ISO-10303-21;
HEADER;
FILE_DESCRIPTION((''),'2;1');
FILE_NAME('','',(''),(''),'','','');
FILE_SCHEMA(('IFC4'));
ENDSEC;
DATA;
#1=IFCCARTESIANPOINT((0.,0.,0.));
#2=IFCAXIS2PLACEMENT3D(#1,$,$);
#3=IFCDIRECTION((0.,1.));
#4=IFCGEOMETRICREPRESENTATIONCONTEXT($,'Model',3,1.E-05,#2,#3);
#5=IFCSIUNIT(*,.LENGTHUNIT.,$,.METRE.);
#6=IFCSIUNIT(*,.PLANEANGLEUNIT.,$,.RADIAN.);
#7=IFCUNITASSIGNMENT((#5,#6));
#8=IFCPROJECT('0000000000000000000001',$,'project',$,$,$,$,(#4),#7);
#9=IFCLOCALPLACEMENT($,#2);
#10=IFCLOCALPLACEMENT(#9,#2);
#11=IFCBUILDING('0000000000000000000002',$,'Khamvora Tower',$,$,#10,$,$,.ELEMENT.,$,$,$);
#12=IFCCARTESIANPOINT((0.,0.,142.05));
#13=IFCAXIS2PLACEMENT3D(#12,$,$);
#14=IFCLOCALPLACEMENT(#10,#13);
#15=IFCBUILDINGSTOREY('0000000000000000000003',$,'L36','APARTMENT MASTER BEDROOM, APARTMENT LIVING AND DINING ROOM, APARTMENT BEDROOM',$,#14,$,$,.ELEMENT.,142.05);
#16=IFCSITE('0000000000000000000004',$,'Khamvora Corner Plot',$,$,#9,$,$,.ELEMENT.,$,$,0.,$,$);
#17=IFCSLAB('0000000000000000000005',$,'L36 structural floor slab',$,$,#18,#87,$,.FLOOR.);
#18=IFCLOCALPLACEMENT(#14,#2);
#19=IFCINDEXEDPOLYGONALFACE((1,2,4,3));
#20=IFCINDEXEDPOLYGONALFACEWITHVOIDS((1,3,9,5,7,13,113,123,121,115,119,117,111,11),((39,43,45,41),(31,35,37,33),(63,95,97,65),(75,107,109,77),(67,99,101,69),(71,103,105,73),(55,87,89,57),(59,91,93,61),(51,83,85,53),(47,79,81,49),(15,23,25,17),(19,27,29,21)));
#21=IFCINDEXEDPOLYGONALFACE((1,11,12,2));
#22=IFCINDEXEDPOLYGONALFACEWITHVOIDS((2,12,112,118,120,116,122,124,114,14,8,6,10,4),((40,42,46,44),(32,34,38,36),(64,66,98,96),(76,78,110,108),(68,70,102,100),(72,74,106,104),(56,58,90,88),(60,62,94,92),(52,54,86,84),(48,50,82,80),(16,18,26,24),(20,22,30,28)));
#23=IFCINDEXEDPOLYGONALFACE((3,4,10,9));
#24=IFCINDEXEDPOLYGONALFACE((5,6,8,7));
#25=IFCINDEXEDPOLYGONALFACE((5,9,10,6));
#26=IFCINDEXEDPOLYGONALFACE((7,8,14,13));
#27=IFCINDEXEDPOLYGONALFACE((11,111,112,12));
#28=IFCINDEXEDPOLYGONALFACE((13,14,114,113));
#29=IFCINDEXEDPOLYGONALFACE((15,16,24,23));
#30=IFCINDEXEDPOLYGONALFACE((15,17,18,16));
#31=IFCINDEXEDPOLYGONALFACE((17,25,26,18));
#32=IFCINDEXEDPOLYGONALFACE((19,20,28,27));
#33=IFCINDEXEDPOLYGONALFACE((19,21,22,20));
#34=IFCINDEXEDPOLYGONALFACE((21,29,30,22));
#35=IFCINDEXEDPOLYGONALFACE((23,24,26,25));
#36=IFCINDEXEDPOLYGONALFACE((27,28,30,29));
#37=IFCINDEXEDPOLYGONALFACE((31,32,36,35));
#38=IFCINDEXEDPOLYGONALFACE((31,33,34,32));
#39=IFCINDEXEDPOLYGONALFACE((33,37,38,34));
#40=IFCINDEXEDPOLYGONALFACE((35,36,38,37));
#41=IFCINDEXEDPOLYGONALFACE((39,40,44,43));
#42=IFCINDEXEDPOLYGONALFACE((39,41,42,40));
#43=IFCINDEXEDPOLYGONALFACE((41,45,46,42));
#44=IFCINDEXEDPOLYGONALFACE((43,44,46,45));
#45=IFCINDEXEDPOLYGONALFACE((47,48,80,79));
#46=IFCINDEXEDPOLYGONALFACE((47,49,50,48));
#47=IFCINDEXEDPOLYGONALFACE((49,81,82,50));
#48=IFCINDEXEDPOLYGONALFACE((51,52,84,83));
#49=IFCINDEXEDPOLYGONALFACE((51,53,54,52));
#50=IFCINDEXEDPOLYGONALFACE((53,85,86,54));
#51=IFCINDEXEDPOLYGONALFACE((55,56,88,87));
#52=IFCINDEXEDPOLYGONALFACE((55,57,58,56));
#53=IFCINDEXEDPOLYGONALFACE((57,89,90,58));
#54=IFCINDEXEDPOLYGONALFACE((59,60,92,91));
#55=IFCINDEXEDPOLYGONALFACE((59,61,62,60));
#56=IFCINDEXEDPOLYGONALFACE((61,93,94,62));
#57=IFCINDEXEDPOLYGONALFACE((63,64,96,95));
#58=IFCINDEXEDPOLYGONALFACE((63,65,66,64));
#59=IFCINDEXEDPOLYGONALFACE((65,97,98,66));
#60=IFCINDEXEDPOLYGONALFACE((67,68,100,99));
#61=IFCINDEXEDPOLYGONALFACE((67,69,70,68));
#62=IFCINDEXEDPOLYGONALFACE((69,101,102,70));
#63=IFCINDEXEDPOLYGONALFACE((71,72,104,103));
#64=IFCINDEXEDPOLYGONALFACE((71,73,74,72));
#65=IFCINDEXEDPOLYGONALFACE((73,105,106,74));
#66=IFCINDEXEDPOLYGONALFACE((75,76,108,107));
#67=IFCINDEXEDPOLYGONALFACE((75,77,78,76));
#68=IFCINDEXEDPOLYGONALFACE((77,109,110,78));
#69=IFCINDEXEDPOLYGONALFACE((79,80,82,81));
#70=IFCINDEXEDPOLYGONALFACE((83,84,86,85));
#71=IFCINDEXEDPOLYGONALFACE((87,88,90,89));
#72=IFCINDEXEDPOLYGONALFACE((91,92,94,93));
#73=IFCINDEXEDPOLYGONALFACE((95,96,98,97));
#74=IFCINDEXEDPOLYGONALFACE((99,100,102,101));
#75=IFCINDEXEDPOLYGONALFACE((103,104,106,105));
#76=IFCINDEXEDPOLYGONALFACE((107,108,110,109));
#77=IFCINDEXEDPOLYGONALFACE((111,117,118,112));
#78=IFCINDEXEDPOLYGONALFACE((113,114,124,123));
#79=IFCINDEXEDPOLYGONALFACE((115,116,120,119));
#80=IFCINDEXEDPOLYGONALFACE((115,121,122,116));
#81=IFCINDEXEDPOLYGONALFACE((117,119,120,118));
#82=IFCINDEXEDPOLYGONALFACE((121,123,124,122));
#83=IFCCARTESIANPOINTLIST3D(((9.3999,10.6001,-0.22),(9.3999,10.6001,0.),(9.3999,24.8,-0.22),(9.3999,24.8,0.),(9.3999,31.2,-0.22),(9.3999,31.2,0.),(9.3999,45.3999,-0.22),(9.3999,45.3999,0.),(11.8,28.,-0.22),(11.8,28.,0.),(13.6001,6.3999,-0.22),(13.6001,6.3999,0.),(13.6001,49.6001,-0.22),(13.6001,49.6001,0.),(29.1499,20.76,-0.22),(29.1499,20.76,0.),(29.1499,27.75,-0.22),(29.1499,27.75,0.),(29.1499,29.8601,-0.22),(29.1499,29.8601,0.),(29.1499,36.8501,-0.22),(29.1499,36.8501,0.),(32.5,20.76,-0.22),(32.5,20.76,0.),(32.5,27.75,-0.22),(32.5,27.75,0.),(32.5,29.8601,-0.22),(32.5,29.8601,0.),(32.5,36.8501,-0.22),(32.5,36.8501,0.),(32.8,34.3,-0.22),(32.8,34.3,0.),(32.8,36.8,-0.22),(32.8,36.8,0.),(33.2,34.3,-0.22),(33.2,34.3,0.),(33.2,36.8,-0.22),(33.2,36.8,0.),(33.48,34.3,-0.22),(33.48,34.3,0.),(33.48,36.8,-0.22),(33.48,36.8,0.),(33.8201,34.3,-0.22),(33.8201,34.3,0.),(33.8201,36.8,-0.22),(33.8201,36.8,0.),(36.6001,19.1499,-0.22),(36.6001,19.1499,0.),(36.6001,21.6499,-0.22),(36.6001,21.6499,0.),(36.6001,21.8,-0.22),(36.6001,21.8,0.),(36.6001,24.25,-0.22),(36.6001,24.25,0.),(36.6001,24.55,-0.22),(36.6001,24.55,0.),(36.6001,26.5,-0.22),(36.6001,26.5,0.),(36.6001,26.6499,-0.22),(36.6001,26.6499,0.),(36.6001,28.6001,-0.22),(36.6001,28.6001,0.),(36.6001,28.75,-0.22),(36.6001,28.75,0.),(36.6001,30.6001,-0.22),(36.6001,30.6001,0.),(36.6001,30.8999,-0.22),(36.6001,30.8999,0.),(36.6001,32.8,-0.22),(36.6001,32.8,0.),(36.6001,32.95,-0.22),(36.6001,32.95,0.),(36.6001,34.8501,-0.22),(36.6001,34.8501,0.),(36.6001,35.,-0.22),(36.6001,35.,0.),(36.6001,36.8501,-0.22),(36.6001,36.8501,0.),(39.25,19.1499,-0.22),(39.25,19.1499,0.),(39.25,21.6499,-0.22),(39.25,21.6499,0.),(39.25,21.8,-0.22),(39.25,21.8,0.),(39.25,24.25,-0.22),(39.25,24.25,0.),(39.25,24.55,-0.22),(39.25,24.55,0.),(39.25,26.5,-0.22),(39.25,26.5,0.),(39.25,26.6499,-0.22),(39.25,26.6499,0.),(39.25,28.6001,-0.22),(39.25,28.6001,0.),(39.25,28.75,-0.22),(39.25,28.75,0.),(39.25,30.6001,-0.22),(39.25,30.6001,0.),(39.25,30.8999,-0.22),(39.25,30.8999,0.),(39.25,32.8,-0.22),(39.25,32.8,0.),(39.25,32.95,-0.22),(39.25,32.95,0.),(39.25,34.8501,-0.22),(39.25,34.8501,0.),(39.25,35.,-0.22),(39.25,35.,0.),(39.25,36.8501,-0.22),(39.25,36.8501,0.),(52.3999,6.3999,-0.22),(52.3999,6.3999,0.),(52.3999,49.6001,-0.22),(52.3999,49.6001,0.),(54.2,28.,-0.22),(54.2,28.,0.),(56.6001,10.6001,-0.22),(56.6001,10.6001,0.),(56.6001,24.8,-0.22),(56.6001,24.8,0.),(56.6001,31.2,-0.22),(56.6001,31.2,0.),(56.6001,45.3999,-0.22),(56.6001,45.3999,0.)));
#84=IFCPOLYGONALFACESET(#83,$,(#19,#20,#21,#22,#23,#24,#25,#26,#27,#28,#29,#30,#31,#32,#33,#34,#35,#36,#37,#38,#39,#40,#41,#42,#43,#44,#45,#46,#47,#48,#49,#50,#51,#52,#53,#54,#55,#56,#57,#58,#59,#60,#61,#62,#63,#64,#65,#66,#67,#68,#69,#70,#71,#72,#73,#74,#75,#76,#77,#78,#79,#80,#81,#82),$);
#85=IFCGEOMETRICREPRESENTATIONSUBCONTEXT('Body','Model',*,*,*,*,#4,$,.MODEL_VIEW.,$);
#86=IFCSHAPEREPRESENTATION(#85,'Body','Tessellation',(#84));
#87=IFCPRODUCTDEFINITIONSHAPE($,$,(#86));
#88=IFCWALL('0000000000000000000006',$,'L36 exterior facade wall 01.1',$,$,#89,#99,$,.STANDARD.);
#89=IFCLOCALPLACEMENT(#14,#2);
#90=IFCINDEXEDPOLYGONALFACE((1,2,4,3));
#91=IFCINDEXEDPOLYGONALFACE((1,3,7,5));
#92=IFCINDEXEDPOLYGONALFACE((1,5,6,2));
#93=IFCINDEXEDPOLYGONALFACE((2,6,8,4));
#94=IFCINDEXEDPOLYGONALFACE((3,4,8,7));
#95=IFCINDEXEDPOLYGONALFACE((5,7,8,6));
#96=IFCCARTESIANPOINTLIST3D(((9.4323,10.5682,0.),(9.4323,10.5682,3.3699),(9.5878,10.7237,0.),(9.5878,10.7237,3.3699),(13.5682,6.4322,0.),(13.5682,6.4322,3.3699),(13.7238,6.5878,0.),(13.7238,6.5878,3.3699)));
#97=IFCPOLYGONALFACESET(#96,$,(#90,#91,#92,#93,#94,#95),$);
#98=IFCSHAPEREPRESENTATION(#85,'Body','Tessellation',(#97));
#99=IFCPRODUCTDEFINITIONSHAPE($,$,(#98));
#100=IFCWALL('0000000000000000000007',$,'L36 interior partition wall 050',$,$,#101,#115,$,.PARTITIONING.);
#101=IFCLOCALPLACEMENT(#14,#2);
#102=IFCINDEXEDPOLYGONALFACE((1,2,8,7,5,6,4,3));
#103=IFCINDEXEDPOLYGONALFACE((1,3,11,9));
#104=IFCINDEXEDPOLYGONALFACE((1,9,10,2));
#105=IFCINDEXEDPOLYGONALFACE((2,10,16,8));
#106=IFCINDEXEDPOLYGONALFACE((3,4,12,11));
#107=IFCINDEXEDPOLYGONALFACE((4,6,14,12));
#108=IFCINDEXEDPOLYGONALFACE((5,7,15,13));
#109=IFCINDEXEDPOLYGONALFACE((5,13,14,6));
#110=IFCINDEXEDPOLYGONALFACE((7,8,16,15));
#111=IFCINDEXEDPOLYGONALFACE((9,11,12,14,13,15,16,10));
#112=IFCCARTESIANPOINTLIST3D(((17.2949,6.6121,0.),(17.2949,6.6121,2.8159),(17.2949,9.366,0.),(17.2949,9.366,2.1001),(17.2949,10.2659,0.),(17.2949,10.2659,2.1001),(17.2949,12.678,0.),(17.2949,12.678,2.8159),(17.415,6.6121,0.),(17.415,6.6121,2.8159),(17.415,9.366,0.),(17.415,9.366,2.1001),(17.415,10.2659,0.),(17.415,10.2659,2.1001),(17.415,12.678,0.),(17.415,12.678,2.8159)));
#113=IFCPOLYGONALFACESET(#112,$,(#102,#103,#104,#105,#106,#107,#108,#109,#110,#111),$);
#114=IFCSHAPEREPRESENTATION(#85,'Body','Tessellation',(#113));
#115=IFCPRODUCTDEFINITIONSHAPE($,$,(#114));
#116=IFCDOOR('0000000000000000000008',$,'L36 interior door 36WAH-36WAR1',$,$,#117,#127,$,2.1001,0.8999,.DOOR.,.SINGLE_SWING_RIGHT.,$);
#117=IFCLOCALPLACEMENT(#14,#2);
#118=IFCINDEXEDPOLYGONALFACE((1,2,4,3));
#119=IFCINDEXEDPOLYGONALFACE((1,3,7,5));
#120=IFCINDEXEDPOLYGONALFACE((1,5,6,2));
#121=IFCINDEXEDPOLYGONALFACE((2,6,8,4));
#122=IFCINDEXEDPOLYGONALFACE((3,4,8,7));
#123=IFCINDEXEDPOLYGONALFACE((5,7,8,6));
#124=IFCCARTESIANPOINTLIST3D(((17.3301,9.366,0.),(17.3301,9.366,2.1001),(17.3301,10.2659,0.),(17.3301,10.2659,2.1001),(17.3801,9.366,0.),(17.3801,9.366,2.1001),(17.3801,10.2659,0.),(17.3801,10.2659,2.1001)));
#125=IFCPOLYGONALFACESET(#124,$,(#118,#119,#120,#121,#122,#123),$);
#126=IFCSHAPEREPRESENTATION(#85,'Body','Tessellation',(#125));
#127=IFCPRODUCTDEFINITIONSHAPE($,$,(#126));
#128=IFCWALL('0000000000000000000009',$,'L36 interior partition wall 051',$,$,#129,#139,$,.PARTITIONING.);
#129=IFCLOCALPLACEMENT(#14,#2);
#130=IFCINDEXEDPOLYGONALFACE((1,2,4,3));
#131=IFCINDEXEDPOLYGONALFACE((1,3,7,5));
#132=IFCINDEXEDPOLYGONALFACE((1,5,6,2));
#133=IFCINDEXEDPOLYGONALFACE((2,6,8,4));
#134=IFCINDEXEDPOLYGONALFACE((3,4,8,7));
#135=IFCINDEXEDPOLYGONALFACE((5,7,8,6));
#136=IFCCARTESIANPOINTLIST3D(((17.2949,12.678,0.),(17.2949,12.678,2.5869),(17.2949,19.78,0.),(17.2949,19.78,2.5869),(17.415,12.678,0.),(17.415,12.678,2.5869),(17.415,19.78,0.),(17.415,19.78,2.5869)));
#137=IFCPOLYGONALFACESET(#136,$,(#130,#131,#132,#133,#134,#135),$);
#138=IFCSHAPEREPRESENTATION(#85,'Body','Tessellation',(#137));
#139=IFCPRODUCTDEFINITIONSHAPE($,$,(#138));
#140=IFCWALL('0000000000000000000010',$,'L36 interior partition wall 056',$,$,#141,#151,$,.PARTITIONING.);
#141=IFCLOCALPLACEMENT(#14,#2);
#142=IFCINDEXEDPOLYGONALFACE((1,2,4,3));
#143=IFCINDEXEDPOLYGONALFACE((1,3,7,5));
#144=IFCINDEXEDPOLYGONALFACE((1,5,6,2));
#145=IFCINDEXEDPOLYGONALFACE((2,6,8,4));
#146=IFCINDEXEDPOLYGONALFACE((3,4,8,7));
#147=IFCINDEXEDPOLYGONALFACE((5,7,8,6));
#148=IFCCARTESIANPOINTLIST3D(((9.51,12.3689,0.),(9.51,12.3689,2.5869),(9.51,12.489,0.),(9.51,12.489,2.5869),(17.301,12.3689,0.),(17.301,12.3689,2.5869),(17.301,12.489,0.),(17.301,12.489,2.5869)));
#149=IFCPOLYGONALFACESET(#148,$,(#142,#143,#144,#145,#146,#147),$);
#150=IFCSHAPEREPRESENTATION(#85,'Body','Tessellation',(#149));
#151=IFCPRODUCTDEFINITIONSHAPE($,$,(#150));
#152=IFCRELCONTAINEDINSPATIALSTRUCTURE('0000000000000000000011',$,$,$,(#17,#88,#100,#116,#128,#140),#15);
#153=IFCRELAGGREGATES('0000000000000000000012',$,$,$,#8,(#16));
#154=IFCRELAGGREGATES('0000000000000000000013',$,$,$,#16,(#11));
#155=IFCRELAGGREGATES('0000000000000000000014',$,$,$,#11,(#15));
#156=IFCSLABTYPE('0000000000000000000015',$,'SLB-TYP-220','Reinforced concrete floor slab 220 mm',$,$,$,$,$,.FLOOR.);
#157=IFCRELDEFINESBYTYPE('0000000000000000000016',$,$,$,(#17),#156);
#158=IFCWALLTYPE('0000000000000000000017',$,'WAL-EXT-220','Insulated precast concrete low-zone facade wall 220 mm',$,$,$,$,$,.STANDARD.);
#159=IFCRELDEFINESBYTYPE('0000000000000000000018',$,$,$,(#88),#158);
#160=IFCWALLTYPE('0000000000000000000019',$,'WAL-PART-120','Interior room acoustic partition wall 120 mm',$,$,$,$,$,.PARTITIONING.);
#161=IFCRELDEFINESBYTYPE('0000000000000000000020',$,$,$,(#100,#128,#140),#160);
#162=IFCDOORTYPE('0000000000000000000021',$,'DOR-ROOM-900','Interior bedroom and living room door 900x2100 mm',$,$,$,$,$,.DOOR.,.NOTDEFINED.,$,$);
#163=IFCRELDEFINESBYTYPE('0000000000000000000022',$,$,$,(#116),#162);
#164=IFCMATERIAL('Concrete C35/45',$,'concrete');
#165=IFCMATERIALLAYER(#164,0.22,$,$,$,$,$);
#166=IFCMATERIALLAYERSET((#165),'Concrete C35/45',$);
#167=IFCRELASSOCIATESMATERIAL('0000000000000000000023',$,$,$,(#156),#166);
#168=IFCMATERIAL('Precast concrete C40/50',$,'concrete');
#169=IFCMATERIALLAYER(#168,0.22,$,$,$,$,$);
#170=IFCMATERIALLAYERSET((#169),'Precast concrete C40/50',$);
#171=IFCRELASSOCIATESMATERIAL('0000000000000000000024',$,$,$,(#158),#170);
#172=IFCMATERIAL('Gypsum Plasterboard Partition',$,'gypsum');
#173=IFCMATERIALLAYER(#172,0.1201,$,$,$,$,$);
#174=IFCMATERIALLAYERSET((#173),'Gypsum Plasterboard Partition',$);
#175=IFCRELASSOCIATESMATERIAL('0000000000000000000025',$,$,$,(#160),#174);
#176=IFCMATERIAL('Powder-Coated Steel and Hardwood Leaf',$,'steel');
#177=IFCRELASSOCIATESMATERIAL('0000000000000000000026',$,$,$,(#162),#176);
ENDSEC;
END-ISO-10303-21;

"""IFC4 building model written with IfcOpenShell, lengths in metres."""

from ifc_helpers import new_model, si_unit, direction, frame, frame_2d, origin, place, context, subcontext, project, spatial, polyline, rectangle, outline, extrude, material, layer, layer_set, type_object, element, fill, save


model = new_model("IFC4")

# Units and contexts
model_context = context("Model", 3, precision=1e-05, world=origin(), true_north=direction((0.0, 1.0)))
body_context = subcontext(model_context, "Body", "Model", "MODEL_VIEW")
ifc_project = project(units=[si_unit("LENGTHUNIT", "METRE"), si_unit("PLANEANGLEUNIT", "RADIAN")], contexts=[model_context])

# Site, building, storey
site_placement = place(None, origin())
site = spatial("IfcSite", under=ifc_project, at=site_placement, Name="Khamvora Corner Plot", CompositionType="ELEMENT", RefElevation=0.0)
building_placement = place(site_placement, origin())
building = spatial("IfcBuilding", under=site, at=building_placement, Name="Khamvora Tower", CompositionType="ELEMENT")
storey_placement = place(building_placement, frame((0.0, 0.0, 142.05)))
storey = spatial("IfcBuildingStorey", under=building, at=storey_placement, Name="L36", Description="APARTMENT MASTER BEDROOM, APARTMENT LIVING AND DINING ROOM, APARTMENT BEDROOM", CompositionType="ELEMENT", Elevation=142.05)

# Slab
ifc_material_1 = material(Name="Concrete C35/45", Category="concrete")
ifc_layer_1 = layer(ifc_material_1, 0.22)
ifc_layer_set_1 = layer_set([ifc_layer_1], Name="Concrete C35/45")
slab_type_1 = type_object("IfcSlabType", Name="SLB-TYP-220", Description="Reinforced concrete floor slab 220 mm", PredefinedType="FLOOR", material=ifc_layer_set_1)
slab_1_placement = place(storey_placement, frame((0.0, 0.0, -0.22)))
element("IfcSlab", 1, at=slab_1_placement, inside=storey, type_object=slab_type_1, Name="L36 structural floor slab", PredefinedType="FLOOR", context=body_context, shape_type="SweptSolid", body=[
    extrude(outline(polyline([(13.6001, 6.3999), (52.3999, 6.3999), (56.6001, 10.6001), (56.6001, 24.8), (54.2, 28.0), (56.6001, 31.2), (56.6001, 45.3999), (52.3999, 49.6001), (13.6001, 49.6001), (9.3999, 45.3999), (9.3999, 31.2), (11.8, 28.0), (9.3999, 24.8), (9.3999, 10.6001), (13.6001, 6.3999)]), holes=[polyline([(32.5, 20.76), (32.5, 27.75), (29.1499, 27.75), (29.1499, 20.76), (32.5, 20.76)]), polyline([(32.5, 29.8601), (32.5, 36.8501), (29.1499, 36.8501), (29.1499, 29.8601), (32.5, 29.8601)]), polyline([(36.6001, 19.1499), (39.25, 19.1499), (39.25, 21.6499), (36.6001, 21.6499), (36.6001, 19.1499)]), polyline([(36.6001, 21.8), (39.25, 21.8), (39.25, 24.25), (36.6001, 24.25), (36.6001, 21.8)]), polyline([(36.6001, 24.55), (39.25, 24.55), (39.25, 26.5), (36.6001, 26.5), (36.6001, 24.55)]), polyline([(36.6001, 26.6499), (39.25, 26.6499), (39.25, 28.6001), (36.6001, 28.6001), (36.6001, 26.6499)]), polyline([(36.6001, 28.75), (39.25, 28.75), (39.25, 30.6001), (36.6001, 30.6001), (36.6001, 28.75)]), polyline([(36.6001, 30.8999), (39.25, 30.8999), (39.25, 32.8), (36.6001, 32.8), (36.6001, 30.8999)]), polyline([(36.6001, 32.95), (39.25, 32.95), (39.25, 34.8501), (36.6001, 34.8501), (36.6001, 32.95)]), polyline([(36.6001, 35.0), (39.25, 35.0), (39.25, 36.8501), (36.6001, 36.8501), (36.6001, 35.0)]), polyline([(32.8, 34.3), (33.2, 34.3), (33.2, 36.8), (32.8, 36.8), (32.8, 34.3)]), polyline([(33.48, 34.3), (33.8201, 34.3), (33.8201, 36.8), (33.48, 36.8), (33.48, 34.3)])]), origin(), (0.0, 0.0, 1.0), 0.22),
])

# Wall
ifc_material_2 = material(Name="Precast concrete C40/50", Category="concrete")
ifc_layer_2 = layer(ifc_material_2, 0.22)
ifc_layer_set_2 = layer_set([ifc_layer_2], Name="Precast concrete C40/50")
wall_type_1 = type_object("IfcWallType", Name="WAL-EXT-220", Description="Insulated precast concrete low-zone facade wall 220 mm", PredefinedType="STANDARD", material=ifc_layer_set_2)
wall_1_placement = place(storey_placement, frame((13.646, 6.51, 0.0), z_axis=(0.0, 0.0, 1.0), x_axis=(-0.707107, 0.707107, 0.0)))
element("IfcWall", 2, at=wall_1_placement, inside=storey, type_object=wall_type_1, Name="L36 exterior facade wall 01.1", PredefinedType="STANDARD", context=body_context, shape_type="SweptSolid", body=[
    extrude(rectangle(XDim=5.8491, YDim=0.22, at=frame_2d((2.9246, 0.0))), origin(), (0.0, 0.0, 1.0), 3.3699),
])

# Wall, opening, door
ifc_material_3 = material(Name="Gypsum Plasterboard Partition", Category="gypsum")
ifc_layer_3 = layer(ifc_material_3, 0.1201)
ifc_layer_set_3 = layer_set([ifc_layer_3], Name="Gypsum Plasterboard Partition")
wall_type_2 = type_object("IfcWallType", Name="WAL-PART-120", Description="Interior room acoustic partition wall 120 mm", PredefinedType="PARTITIONING", material=ifc_layer_set_3)
wall_2_placement = place(storey_placement, frame((17.355, 6.6121, 0.0), z_axis=(0.0, 0.0, 1.0), x_axis=(0.0, 1.0, 0.0)))
wall_2 = element("IfcWall", 3, at=wall_2_placement, inside=storey, type_object=wall_type_2, Name="L36 interior partition wall 050", PredefinedType="PARTITIONING", context=body_context, shape_type="SweptSolid", body=[
    extrude(rectangle(XDim=6.0659, YDim=0.1201, at=frame_2d((3.033, 0.0))), origin(), (0.0, 0.0, 1.0), 2.8159),
])
opening_placement = place(wall_2_placement, frame((2.7539, 0.0, 0.0)))
opening = element("IfcOpeningElement", 4, at=opening_placement, cuts=wall_2, PredefinedType="OPENING", context=body_context, shape_type="SweptSolid", body=[
    extrude(rectangle(XDim=0.8999, YDim=2.1001, at=frame_2d((0.45, 1.05))), frame((0.0, 0.0701, 0.0), z_axis=(0.0, -1.0, 0.0), x_axis=(1.0, 0.0, 0.0)), (0.0, 0.0, 1.0), 0.1401),
])
ifc_material_4 = material(Name="Powder-Coated Steel and Hardwood Leaf", Category="steel")
door_type = type_object("IfcDoorType", Name="DOR-ROOM-900", Description="Interior bedroom and living room door 900x2100 mm", OperationType="NOTDEFINED", PredefinedType="DOOR", material=ifc_material_4)
door_placement = place(opening_placement, origin())
door = element("IfcDoor", 5, at=door_placement, inside=storey, type_object=door_type, Name="L36 interior door 36WAH-36WAR1", OperationType="SINGLE_SWING_RIGHT", OverallHeight=2.1001, OverallWidth=0.8999, PredefinedType="DOOR", context=body_context, shape_type="SweptSolid", body=[
    extrude(rectangle(XDim=0.8999, YDim=2.1001, at=frame_2d((0.45, 1.05))), frame((0.0, 0.0249, 0.0), z_axis=(0.0, -1.0, 0.0), x_axis=(1.0, 0.0, 0.0)), (0.0, 0.0, 1.0), 0.05),
])
fill(opening, door)

# Walls
wall_3_placement = place(storey_placement, frame((17.355, 12.678, 0.0), z_axis=(0.0, 0.0, 1.0), x_axis=(0.0, 1.0, 0.0)))
element("IfcWall", 6, at=wall_3_placement, inside=storey, type_object=wall_type_2, Name="L36 interior partition wall 051", PredefinedType="PARTITIONING", context=body_context, shape_type="SweptSolid", body=[
    extrude(rectangle(XDim=7.1021, YDim=0.1201, at=frame_2d((3.551, 0.0))), origin(), (0.0, 0.0, 1.0), 2.5869),
])
wall_4_placement = place(storey_placement, frame((9.51, 12.429, 0.0), z_axis=(0.0, 0.0, 1.0), x_axis=(1.0, 0.0, 0.0)))
element("IfcWall", 7, at=wall_4_placement, inside=storey, type_object=wall_type_2, Name="L36 interior partition wall 056", PredefinedType="PARTITIONING", context=body_context, shape_type="SweptSolid", body=[
    extrude(rectangle(XDim=7.791, YDim=0.1201, at=frame_2d((3.8955, 0.0))), origin(), (0.0, 0.0, 1.0), 2.5869),
])

save(model, "model.ifc")
